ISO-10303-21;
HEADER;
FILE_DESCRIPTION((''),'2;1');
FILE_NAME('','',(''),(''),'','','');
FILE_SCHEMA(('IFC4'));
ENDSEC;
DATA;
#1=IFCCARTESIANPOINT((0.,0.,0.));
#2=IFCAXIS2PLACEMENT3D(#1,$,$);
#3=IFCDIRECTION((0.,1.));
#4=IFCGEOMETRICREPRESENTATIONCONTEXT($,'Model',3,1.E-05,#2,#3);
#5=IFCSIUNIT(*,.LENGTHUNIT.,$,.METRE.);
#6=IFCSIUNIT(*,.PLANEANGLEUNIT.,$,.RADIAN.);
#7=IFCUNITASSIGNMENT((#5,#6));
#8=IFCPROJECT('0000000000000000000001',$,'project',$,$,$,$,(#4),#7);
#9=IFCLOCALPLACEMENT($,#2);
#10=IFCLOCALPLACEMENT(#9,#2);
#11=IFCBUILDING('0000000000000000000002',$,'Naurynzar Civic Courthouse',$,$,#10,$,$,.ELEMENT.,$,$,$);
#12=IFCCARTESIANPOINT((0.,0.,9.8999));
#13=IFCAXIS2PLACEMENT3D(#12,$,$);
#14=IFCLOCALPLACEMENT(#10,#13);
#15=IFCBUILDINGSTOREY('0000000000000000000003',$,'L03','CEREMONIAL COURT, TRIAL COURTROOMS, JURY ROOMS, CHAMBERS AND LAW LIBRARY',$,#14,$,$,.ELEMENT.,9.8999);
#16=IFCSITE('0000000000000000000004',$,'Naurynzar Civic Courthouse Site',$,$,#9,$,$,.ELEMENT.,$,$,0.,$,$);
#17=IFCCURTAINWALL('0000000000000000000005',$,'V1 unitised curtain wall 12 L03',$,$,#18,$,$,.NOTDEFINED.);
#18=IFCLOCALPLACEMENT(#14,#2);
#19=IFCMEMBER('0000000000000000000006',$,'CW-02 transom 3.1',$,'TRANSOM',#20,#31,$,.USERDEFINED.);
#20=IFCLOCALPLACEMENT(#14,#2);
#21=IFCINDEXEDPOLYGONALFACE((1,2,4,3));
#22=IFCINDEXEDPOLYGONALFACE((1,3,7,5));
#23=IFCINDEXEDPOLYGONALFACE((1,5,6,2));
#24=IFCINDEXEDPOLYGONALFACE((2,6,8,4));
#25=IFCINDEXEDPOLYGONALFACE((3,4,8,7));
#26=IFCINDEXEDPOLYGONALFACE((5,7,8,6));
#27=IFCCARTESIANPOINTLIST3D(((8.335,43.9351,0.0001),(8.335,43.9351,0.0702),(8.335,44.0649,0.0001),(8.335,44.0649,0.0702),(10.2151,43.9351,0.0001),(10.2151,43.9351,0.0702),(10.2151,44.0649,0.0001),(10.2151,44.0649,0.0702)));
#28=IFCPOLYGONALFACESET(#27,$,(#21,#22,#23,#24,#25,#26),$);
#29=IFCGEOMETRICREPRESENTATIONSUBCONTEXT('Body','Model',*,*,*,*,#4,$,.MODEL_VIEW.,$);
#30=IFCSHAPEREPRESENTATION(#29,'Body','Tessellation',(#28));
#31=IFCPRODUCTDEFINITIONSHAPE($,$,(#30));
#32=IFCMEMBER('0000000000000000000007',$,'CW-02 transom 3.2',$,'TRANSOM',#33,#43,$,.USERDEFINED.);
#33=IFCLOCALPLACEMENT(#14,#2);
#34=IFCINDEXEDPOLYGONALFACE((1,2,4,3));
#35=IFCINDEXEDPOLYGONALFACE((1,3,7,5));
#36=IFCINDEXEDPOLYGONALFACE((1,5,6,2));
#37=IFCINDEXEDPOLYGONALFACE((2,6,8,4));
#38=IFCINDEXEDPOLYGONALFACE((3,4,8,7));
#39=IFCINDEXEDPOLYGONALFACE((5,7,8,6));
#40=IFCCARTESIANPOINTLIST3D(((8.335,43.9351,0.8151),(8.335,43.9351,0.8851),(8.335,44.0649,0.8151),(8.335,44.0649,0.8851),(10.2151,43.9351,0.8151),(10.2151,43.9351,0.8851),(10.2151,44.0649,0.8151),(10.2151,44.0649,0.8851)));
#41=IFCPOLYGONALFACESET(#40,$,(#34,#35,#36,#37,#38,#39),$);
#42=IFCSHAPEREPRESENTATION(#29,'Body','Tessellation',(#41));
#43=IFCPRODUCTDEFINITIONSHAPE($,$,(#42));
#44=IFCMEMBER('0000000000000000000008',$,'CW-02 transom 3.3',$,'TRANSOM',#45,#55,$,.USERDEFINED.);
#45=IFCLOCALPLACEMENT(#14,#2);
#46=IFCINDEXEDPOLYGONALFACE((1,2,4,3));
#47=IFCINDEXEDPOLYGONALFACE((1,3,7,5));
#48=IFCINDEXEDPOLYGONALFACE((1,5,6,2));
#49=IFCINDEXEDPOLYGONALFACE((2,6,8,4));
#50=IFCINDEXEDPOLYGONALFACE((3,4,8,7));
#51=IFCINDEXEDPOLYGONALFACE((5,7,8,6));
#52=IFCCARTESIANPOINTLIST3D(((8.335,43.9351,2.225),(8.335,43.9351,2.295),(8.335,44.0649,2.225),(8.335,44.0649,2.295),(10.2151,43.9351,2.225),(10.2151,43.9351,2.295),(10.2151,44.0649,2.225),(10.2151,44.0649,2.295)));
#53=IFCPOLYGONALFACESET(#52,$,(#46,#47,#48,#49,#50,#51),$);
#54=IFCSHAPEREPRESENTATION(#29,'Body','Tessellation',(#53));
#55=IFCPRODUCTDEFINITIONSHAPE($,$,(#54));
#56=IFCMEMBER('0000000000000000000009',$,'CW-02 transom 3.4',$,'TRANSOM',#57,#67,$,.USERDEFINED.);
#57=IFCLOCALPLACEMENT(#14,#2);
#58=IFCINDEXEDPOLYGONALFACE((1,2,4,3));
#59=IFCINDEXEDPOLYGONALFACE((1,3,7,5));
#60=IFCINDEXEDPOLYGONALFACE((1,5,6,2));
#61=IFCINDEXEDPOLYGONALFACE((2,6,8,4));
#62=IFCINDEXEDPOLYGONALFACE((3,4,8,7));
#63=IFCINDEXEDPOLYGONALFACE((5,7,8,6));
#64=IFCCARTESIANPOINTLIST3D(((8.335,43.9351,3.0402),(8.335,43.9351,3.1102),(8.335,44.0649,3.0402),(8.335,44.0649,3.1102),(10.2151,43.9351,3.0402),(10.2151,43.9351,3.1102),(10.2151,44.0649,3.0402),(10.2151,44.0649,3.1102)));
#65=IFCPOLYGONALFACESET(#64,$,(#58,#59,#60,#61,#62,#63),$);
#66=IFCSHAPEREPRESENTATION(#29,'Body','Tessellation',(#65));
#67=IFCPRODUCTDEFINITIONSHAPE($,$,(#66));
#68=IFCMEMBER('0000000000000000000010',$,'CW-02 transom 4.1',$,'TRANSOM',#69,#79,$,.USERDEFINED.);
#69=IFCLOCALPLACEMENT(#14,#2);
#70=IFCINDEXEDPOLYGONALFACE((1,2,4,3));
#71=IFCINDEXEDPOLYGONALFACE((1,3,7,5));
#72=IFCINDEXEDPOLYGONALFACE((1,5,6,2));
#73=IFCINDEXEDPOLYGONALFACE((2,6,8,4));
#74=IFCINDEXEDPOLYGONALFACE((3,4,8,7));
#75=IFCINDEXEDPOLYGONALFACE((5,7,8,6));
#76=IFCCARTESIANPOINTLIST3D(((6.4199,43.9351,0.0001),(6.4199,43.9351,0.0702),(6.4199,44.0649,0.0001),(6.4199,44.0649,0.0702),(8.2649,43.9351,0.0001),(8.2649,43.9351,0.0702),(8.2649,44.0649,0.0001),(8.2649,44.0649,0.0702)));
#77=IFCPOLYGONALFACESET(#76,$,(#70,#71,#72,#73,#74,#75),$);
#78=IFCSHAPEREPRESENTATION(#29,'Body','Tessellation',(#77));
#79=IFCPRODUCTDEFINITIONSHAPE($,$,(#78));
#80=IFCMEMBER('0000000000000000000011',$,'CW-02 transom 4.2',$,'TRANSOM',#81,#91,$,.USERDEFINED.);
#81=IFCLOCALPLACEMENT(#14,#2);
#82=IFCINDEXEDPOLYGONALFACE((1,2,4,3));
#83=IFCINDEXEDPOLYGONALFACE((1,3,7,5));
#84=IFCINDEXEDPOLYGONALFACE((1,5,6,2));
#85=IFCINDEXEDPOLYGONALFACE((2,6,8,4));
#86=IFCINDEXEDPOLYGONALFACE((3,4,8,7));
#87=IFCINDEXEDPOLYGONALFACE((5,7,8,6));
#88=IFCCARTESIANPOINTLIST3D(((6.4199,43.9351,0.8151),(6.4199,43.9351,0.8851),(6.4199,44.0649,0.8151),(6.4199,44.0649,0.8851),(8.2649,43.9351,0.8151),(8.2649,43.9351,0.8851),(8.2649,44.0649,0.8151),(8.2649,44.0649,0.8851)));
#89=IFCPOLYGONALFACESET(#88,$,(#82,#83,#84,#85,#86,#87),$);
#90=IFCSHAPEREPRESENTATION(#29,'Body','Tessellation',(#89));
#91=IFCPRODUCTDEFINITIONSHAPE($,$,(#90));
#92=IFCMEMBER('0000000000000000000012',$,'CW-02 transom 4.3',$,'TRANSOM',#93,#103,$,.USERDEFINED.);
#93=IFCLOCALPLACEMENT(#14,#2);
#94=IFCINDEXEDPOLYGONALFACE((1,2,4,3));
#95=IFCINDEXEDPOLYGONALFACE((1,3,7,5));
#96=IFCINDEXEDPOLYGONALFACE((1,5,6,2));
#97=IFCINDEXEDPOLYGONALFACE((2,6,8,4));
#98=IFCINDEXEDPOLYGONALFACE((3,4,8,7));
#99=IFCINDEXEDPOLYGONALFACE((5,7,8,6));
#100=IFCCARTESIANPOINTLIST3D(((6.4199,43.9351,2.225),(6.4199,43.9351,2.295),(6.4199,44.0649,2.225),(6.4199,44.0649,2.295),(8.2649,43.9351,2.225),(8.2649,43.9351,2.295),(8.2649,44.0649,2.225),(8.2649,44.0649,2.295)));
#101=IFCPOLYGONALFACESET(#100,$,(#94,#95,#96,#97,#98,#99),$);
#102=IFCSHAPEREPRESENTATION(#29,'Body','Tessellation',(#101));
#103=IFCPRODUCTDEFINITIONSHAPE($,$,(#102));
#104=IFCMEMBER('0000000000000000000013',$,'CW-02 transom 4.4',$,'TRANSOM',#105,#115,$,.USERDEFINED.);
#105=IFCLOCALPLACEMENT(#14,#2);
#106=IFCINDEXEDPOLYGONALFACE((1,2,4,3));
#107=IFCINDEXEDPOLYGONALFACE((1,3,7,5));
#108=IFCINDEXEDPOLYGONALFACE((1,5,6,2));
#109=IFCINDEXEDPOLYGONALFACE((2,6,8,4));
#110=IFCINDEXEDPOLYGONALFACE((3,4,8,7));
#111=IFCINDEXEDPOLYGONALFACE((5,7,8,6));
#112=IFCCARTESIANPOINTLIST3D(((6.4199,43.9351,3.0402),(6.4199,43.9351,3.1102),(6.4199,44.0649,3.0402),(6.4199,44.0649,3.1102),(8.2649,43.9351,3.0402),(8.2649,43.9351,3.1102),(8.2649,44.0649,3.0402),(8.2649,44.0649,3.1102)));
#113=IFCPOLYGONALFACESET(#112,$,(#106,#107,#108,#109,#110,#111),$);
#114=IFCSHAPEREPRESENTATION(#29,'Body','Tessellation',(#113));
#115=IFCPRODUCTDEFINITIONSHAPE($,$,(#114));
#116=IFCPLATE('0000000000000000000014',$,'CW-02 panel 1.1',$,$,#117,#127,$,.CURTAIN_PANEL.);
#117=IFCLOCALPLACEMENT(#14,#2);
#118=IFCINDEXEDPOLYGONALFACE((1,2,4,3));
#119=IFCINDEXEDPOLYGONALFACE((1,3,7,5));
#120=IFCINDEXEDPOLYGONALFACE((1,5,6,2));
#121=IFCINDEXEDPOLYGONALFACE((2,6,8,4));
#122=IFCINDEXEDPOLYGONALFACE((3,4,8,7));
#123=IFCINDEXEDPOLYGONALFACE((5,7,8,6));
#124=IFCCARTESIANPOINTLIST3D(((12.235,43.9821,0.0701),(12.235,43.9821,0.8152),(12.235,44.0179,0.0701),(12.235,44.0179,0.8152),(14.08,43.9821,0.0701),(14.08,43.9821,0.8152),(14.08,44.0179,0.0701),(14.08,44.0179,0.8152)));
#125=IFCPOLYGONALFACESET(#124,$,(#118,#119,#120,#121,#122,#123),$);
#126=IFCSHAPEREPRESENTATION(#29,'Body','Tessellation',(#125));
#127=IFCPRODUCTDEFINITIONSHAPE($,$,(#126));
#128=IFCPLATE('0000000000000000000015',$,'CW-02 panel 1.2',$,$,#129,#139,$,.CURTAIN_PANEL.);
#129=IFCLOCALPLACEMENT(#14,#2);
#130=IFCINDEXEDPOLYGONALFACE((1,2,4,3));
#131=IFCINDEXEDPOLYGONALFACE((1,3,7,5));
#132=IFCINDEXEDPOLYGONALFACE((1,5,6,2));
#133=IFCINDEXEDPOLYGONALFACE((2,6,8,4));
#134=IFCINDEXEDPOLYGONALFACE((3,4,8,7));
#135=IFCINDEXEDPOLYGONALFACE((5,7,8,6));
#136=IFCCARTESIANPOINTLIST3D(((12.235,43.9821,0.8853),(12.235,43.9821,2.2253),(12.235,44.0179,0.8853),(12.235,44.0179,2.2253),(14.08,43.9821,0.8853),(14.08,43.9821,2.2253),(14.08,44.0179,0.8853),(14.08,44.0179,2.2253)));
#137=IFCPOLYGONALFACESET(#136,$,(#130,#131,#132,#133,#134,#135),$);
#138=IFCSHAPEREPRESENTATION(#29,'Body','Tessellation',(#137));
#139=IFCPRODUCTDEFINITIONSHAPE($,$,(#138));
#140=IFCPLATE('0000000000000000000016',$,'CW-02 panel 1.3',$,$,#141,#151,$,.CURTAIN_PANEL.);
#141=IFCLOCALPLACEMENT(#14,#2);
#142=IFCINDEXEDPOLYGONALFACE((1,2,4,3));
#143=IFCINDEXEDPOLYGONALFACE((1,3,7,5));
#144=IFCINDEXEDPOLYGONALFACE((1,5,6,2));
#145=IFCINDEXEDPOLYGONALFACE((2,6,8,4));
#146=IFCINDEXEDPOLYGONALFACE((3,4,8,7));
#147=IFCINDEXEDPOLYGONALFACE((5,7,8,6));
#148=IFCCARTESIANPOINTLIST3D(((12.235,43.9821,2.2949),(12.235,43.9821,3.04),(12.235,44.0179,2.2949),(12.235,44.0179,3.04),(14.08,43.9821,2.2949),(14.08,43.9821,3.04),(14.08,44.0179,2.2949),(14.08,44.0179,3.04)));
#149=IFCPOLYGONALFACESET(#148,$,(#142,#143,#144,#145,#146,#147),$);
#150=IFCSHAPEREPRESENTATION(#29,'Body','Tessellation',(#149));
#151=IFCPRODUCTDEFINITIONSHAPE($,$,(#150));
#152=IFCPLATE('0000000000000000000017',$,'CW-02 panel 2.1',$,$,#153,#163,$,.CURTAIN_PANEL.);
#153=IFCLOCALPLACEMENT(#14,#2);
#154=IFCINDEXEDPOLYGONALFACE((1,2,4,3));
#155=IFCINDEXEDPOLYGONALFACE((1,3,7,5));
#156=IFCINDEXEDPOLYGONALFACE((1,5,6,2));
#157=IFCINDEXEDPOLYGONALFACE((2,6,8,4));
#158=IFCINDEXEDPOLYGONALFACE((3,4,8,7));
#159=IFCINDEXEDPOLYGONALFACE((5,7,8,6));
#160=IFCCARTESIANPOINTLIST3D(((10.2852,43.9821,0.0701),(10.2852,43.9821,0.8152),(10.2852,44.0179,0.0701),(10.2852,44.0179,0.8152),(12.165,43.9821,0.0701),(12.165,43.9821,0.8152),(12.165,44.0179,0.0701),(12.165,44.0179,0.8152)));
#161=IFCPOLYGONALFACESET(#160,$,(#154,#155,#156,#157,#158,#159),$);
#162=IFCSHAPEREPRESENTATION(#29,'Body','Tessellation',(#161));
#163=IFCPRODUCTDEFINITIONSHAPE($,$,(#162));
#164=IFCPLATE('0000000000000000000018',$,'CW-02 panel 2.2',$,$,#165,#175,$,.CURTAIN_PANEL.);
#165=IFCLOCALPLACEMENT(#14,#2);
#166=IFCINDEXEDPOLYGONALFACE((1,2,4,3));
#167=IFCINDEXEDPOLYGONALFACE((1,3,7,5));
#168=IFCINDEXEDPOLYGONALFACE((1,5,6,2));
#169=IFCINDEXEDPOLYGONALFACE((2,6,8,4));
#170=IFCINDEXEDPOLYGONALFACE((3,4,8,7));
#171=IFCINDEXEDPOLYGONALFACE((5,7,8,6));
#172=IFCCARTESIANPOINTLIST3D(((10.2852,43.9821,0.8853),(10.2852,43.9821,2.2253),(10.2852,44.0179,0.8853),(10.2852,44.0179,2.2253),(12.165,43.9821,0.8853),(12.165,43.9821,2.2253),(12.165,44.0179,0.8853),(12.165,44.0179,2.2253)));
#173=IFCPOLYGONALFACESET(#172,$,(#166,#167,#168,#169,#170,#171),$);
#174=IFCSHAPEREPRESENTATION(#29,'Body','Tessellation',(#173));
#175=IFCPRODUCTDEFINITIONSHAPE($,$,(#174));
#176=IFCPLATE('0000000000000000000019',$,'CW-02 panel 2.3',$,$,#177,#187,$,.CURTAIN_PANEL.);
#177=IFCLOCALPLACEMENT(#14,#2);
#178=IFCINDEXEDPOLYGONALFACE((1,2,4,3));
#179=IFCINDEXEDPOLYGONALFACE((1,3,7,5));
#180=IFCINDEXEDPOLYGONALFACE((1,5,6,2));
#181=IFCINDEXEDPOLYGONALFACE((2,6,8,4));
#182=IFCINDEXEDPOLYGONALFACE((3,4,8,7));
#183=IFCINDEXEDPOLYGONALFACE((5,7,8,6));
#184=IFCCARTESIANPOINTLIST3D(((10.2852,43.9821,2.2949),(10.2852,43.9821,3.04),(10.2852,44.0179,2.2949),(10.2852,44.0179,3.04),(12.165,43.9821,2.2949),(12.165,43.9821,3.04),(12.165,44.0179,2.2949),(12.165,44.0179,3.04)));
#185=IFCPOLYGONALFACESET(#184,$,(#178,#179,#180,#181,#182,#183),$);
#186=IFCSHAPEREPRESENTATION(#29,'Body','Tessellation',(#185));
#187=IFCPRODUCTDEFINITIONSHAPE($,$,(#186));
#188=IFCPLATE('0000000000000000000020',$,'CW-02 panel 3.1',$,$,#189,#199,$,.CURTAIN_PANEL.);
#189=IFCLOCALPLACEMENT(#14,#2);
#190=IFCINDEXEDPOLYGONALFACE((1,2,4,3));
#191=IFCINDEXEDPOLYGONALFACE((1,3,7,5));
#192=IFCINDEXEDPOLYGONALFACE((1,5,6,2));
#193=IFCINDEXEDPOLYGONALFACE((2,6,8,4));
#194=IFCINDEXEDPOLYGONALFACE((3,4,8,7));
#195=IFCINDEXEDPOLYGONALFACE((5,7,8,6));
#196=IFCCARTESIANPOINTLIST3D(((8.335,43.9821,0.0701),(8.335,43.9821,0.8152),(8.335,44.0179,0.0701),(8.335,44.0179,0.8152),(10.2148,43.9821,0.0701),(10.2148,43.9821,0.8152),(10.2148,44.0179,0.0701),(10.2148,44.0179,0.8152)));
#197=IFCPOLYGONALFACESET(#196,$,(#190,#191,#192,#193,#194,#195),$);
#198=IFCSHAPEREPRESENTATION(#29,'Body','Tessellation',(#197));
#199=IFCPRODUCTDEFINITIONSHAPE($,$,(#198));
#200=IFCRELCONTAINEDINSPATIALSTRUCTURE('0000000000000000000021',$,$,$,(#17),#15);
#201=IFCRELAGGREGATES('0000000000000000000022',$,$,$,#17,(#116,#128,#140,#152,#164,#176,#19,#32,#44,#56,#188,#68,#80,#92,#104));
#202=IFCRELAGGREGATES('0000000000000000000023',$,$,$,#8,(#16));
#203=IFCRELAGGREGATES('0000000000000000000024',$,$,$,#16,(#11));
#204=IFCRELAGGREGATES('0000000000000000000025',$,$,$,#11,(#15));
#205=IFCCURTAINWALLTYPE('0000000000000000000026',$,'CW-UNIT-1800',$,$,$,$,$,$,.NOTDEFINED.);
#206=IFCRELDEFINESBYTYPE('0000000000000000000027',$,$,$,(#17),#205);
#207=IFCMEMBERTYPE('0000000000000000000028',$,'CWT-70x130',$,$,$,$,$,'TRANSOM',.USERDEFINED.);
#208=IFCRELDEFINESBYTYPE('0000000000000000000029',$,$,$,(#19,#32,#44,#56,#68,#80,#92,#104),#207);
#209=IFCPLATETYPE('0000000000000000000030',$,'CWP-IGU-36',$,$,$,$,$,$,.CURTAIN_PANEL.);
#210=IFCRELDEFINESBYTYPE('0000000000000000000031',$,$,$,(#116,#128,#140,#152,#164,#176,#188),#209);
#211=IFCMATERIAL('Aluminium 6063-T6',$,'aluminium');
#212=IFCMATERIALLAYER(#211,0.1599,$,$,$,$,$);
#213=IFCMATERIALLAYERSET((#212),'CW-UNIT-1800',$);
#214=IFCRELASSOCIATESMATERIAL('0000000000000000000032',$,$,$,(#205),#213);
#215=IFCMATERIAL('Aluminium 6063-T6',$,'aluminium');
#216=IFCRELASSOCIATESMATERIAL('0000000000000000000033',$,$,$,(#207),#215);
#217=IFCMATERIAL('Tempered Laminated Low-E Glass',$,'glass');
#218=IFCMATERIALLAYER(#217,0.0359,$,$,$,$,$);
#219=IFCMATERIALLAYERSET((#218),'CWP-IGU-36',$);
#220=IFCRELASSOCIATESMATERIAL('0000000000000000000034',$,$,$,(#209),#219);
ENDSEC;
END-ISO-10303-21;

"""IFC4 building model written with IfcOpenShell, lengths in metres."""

from ifc_helpers import new_model, si_unit, direction, frame, origin, origin_2d, place, context, subcontext, project, spatial, rectangle, extrude, material, layer, layer_set, material_profile, profile_set, type_object, element, aggregate, save


model = new_model("IFC4")

# Units and contexts
model_context = context("Model", 3, precision=1e-05, world=origin(), true_north=direction((0.0, 1.0)))
body_context = subcontext(model_context, "Body", "Model", "MODEL_VIEW")
ifc_project = project(units=[si_unit("LENGTHUNIT", "METRE"), si_unit("PLANEANGLEUNIT", "RADIAN")], contexts=[model_context])

# Site, building, storey
site_placement = place(None, origin())
site = spatial("IfcSite", under=ifc_project, at=site_placement, Name="Naurynzar Civic Courthouse Site", CompositionType="ELEMENT", RefElevation=0.0)
building_placement = place(site_placement, origin())
building = spatial("IfcBuilding", under=site, at=building_placement, Name="Naurynzar Civic Courthouse", CompositionType="ELEMENT")
storey_placement = place(building_placement, frame((0.0, 0.0, 9.8999)))
storey = spatial("IfcBuildingStorey", under=building, at=storey_placement, Name="L03", Description="CEREMONIAL COURT, TRIAL COURTROOMS, JURY ROOMS, CHAMBERS AND LAW LIBRARY", CompositionType="ELEMENT", Elevation=9.8999)

# Shared definitions
ifc_material_1 = material(Name="Aluminium 6063-T6", Category="aluminium")
ifc_layer_1 = layer(ifc_material_1, 0.1599)
ifc_layer_set_1 = layer_set([ifc_layer_1], Name="CW-UNIT-1800")
curtain_wall_type = type_object("IfcCurtainWallType", Name="CW-UNIT-1800", PredefinedType="NOTDEFINED", material=ifc_layer_set_1)

# Curtain wall
curtain_wall_1_placement = place(storey_placement, origin())
curtain_wall_1 = element("IfcCurtainWall", 1, at=curtain_wall_1_placement, inside=storey, type_object=curtain_wall_type, Name="V1 unitised curtain wall 12 L03", PredefinedType="NOTDEFINED")

# Members
ifc_material_2 = material(Name="Aluminium 6063-T6", Category="aluminium")
ifc_material_profile_1 = material_profile(ifc_material_2, rectangle(XDim=0.1299, YDim=0.0701, at=origin_2d()), Name="ALU TRANSOM 70x130")
ifc_profile_set_1 = profile_set([ifc_material_profile_1], Name="Aluminium 6063-T6")
member_type_1 = type_object("IfcMemberType", Name="CWT-70x130", ElementType="TRANSOM", PredefinedType="USERDEFINED", material=ifc_profile_set_1)
member_1_placement = place(storey_placement, frame((10.2151, 44.0, 0.0352), z_axis=(-1.0, 0.0, 0.0), x_axis=(0.0, -1.0, 0.0)))
member_1 = element("IfcMember", 2, at=member_1_placement, type_object=member_type_1, Name="CW-02 transom 3.1", ObjectType="TRANSOM", PredefinedType="USERDEFINED", context=body_context, shape_type="SweptSolid", body=[
    extrude(rectangle(XDim=0.1299, YDim=0.0701, at=origin_2d()), origin(), (0.0, 0.0, 1.0), 1.8801),
])
member_2_placement = place(storey_placement, frame((10.2151, 44.0, 0.8501), z_axis=(-1.0, 0.0, 0.0), x_axis=(0.0, -1.0, 0.0)))
member_2 = element("IfcMember", 3, at=member_2_placement, type_object=member_type_1, Name="CW-02 transom 3.2", ObjectType="TRANSOM", PredefinedType="USERDEFINED", context=body_context, shape_type="SweptSolid", body=[
    extrude(rectangle(XDim=0.1299, YDim=0.0701, at=origin_2d()), origin(), (0.0, 0.0, 1.0), 1.8801),
])
member_3_placement = place(storey_placement, frame((10.2151, 44.0, 2.26), z_axis=(-1.0, 0.0, 0.0), x_axis=(0.0, -1.0, 0.0)))
member_3 = element("IfcMember", 4, at=member_3_placement, type_object=member_type_1, Name="CW-02 transom 3.3", ObjectType="TRANSOM", PredefinedType="USERDEFINED", context=body_context, shape_type="SweptSolid", body=[
    extrude(rectangle(XDim=0.1299, YDim=0.0701, at=origin_2d()), origin(), (0.0, 0.0, 1.0), 1.8801),
])
member_4_placement = place(storey_placement, frame((10.2151, 44.0, 3.0752), z_axis=(-1.0, 0.0, 0.0), x_axis=(0.0, -1.0, 0.0)))
member_4 = element("IfcMember", 5, at=member_4_placement, type_object=member_type_1, Name="CW-02 transom 3.4", ObjectType="TRANSOM", PredefinedType="USERDEFINED", context=body_context, shape_type="SweptSolid", body=[
    extrude(rectangle(XDim=0.1299, YDim=0.0701, at=origin_2d()), origin(), (0.0, 0.0, 1.0), 1.8801),
])
member_5_placement = place(storey_placement, frame((8.2649, 44.0, 0.0352), z_axis=(-1.0, 0.0, 0.0), x_axis=(0.0, -1.0, 0.0)))
member_5 = element("IfcMember", 6, at=member_5_placement, type_object=member_type_1, Name="CW-02 transom 4.1", ObjectType="TRANSOM", PredefinedType="USERDEFINED", context=body_context, shape_type="SweptSolid", body=[
    extrude(rectangle(XDim=0.1299, YDim=0.0701, at=origin_2d()), origin(), (0.0, 0.0, 1.0), 1.845),
])
member_6_placement = place(storey_placement, frame((8.2649, 44.0, 0.8501), z_axis=(-1.0, 0.0, 0.0), x_axis=(0.0, -1.0, 0.0)))
member_6 = element("IfcMember", 7, at=member_6_placement, type_object=member_type_1, Name="CW-02 transom 4.2", ObjectType="TRANSOM", PredefinedType="USERDEFINED", context=body_context, shape_type="SweptSolid", body=[
    extrude(rectangle(XDim=0.1299, YDim=0.0701, at=origin_2d()), origin(), (0.0, 0.0, 1.0), 1.845),
])
member_7_placement = place(storey_placement, frame((8.2649, 44.0, 2.26), z_axis=(-1.0, 0.0, 0.0), x_axis=(0.0, -1.0, 0.0)))
member_7 = element("IfcMember", 8, at=member_7_placement, type_object=member_type_1, Name="CW-02 transom 4.3", ObjectType="TRANSOM", PredefinedType="USERDEFINED", context=body_context, shape_type="SweptSolid", body=[
    extrude(rectangle(XDim=0.1299, YDim=0.0701, at=origin_2d()), origin(), (0.0, 0.0, 1.0), 1.845),
])
member_8_placement = place(storey_placement, frame((8.2649, 44.0, 3.0752), z_axis=(-1.0, 0.0, 0.0), x_axis=(0.0, -1.0, 0.0)))
member_8 = element("IfcMember", 9, at=member_8_placement, type_object=member_type_1, Name="CW-02 transom 4.4", ObjectType="TRANSOM", PredefinedType="USERDEFINED", context=body_context, shape_type="SweptSolid", body=[
    extrude(rectangle(XDim=0.1299, YDim=0.0701, at=origin_2d()), origin(), (0.0, 0.0, 1.0), 1.845),
])

# Plates
ifc_material_3 = material(Name="Tempered Laminated Low-E Glass", Category="glass")
ifc_layer_2 = layer(ifc_material_3, 0.0359)
ifc_layer_set_2 = layer_set([ifc_layer_2], Name="CWP-IGU-36")
plate_type = type_object("IfcPlateType", Name="CWP-IGU-36", PredefinedType="CURTAIN_PANEL", material=ifc_layer_set_2)
plate_1_placement = place(storey_placement, frame((13.1575, 44.0, 0.0701), z_axis=(0.0, 0.0, 1.0), x_axis=(-1.0, 0.0, 0.0)))
plate_1 = element("IfcPlate", 10, at=plate_1_placement, type_object=plate_type, Name="CW-02 panel 1.1", PredefinedType="CURTAIN_PANEL", context=body_context, shape_type="SweptSolid", body=[
    extrude(rectangle(XDim=1.845, YDim=0.0359, at=origin_2d()), origin(), (0.0, 0.0, 1.0), 0.7451),
])
plate_2_placement = place(storey_placement, frame((13.1575, 44.0, 0.8853), z_axis=(0.0, 0.0, 1.0), x_axis=(-1.0, 0.0, 0.0)))
plate_2 = element("IfcPlate", 11, at=plate_2_placement, type_object=plate_type, Name="CW-02 panel 1.2", PredefinedType="CURTAIN_PANEL", context=body_context, shape_type="SweptSolid", body=[
    extrude(rectangle(XDim=1.845, YDim=0.0359, at=origin_2d()), origin(), (0.0, 0.0, 1.0), 1.3401),
])
plate_3_placement = place(storey_placement, frame((13.1575, 44.0, 2.2949), z_axis=(0.0, 0.0, 1.0), x_axis=(-1.0, 0.0, 0.0)))
plate_3 = element("IfcPlate", 12, at=plate_3_placement, type_object=plate_type, Name="CW-02 panel 1.3", PredefinedType="CURTAIN_PANEL", context=body_context, shape_type="SweptSolid", body=[
    extrude(rectangle(XDim=1.845, YDim=0.0359, at=origin_2d()), origin(), (0.0, 0.0, 1.0), 0.7451),
])
plate_4_placement = place(storey_placement, frame((11.2251, 44.0, 0.0701), z_axis=(0.0, 0.0, 1.0), x_axis=(-1.0, 0.0, 0.0)))
plate_4 = element("IfcPlate", 13, at=plate_4_placement, type_object=plate_type, Name="CW-02 panel 2.1", PredefinedType="CURTAIN_PANEL", context=body_context, shape_type="SweptSolid", body=[
    extrude(rectangle(XDim=1.8799, YDim=0.0359, at=origin_2d()), origin(), (0.0, 0.0, 1.0), 0.7451),
])
plate_5_placement = place(storey_placement, frame((11.2251, 44.0, 0.8853), z_axis=(0.0, 0.0, 1.0), x_axis=(-1.0, 0.0, 0.0)))
plate_5 = element("IfcPlate", 14, at=plate_5_placement, type_object=plate_type, Name="CW-02 panel 2.2", PredefinedType="CURTAIN_PANEL", context=body_context, shape_type="SweptSolid", body=[
    extrude(rectangle(XDim=1.8799, YDim=0.0359, at=origin_2d()), origin(), (0.0, 0.0, 1.0), 1.3401),
])
plate_6_placement = place(storey_placement, frame((11.2251, 44.0, 2.2949), z_axis=(0.0, 0.0, 1.0), x_axis=(-1.0, 0.0, 0.0)))
plate_6 = element("IfcPlate", 15, at=plate_6_placement, type_object=plate_type, Name="CW-02 panel 2.3", PredefinedType="CURTAIN_PANEL", context=body_context, shape_type="SweptSolid", body=[
    extrude(rectangle(XDim=1.8799, YDim=0.0359, at=origin_2d()), origin(), (0.0, 0.0, 1.0), 0.7451),
])
plate_7_placement = place(storey_placement, frame((9.2749, 44.0, 0.0701), z_axis=(0.0, 0.0, 1.0), x_axis=(-1.0, 0.0, 0.0)))
plate_7 = element("IfcPlate", 16, at=plate_7_placement, type_object=plate_type, Name="CW-02 panel 3.1", PredefinedType="CURTAIN_PANEL", context=body_context, shape_type="SweptSolid", body=[
    extrude(rectangle(XDim=1.8799, YDim=0.0359, at=origin_2d()), origin(), (0.0, 0.0, 1.0), 0.7451),
])
aggregate(curtain_wall_1, [plate_1, plate_2, plate_3, plate_4, plate_5, plate_6, member_1, member_2, member_3, member_4, plate_7, member_5, member_6, member_7, member_8])

save(model, "model.ifc")
